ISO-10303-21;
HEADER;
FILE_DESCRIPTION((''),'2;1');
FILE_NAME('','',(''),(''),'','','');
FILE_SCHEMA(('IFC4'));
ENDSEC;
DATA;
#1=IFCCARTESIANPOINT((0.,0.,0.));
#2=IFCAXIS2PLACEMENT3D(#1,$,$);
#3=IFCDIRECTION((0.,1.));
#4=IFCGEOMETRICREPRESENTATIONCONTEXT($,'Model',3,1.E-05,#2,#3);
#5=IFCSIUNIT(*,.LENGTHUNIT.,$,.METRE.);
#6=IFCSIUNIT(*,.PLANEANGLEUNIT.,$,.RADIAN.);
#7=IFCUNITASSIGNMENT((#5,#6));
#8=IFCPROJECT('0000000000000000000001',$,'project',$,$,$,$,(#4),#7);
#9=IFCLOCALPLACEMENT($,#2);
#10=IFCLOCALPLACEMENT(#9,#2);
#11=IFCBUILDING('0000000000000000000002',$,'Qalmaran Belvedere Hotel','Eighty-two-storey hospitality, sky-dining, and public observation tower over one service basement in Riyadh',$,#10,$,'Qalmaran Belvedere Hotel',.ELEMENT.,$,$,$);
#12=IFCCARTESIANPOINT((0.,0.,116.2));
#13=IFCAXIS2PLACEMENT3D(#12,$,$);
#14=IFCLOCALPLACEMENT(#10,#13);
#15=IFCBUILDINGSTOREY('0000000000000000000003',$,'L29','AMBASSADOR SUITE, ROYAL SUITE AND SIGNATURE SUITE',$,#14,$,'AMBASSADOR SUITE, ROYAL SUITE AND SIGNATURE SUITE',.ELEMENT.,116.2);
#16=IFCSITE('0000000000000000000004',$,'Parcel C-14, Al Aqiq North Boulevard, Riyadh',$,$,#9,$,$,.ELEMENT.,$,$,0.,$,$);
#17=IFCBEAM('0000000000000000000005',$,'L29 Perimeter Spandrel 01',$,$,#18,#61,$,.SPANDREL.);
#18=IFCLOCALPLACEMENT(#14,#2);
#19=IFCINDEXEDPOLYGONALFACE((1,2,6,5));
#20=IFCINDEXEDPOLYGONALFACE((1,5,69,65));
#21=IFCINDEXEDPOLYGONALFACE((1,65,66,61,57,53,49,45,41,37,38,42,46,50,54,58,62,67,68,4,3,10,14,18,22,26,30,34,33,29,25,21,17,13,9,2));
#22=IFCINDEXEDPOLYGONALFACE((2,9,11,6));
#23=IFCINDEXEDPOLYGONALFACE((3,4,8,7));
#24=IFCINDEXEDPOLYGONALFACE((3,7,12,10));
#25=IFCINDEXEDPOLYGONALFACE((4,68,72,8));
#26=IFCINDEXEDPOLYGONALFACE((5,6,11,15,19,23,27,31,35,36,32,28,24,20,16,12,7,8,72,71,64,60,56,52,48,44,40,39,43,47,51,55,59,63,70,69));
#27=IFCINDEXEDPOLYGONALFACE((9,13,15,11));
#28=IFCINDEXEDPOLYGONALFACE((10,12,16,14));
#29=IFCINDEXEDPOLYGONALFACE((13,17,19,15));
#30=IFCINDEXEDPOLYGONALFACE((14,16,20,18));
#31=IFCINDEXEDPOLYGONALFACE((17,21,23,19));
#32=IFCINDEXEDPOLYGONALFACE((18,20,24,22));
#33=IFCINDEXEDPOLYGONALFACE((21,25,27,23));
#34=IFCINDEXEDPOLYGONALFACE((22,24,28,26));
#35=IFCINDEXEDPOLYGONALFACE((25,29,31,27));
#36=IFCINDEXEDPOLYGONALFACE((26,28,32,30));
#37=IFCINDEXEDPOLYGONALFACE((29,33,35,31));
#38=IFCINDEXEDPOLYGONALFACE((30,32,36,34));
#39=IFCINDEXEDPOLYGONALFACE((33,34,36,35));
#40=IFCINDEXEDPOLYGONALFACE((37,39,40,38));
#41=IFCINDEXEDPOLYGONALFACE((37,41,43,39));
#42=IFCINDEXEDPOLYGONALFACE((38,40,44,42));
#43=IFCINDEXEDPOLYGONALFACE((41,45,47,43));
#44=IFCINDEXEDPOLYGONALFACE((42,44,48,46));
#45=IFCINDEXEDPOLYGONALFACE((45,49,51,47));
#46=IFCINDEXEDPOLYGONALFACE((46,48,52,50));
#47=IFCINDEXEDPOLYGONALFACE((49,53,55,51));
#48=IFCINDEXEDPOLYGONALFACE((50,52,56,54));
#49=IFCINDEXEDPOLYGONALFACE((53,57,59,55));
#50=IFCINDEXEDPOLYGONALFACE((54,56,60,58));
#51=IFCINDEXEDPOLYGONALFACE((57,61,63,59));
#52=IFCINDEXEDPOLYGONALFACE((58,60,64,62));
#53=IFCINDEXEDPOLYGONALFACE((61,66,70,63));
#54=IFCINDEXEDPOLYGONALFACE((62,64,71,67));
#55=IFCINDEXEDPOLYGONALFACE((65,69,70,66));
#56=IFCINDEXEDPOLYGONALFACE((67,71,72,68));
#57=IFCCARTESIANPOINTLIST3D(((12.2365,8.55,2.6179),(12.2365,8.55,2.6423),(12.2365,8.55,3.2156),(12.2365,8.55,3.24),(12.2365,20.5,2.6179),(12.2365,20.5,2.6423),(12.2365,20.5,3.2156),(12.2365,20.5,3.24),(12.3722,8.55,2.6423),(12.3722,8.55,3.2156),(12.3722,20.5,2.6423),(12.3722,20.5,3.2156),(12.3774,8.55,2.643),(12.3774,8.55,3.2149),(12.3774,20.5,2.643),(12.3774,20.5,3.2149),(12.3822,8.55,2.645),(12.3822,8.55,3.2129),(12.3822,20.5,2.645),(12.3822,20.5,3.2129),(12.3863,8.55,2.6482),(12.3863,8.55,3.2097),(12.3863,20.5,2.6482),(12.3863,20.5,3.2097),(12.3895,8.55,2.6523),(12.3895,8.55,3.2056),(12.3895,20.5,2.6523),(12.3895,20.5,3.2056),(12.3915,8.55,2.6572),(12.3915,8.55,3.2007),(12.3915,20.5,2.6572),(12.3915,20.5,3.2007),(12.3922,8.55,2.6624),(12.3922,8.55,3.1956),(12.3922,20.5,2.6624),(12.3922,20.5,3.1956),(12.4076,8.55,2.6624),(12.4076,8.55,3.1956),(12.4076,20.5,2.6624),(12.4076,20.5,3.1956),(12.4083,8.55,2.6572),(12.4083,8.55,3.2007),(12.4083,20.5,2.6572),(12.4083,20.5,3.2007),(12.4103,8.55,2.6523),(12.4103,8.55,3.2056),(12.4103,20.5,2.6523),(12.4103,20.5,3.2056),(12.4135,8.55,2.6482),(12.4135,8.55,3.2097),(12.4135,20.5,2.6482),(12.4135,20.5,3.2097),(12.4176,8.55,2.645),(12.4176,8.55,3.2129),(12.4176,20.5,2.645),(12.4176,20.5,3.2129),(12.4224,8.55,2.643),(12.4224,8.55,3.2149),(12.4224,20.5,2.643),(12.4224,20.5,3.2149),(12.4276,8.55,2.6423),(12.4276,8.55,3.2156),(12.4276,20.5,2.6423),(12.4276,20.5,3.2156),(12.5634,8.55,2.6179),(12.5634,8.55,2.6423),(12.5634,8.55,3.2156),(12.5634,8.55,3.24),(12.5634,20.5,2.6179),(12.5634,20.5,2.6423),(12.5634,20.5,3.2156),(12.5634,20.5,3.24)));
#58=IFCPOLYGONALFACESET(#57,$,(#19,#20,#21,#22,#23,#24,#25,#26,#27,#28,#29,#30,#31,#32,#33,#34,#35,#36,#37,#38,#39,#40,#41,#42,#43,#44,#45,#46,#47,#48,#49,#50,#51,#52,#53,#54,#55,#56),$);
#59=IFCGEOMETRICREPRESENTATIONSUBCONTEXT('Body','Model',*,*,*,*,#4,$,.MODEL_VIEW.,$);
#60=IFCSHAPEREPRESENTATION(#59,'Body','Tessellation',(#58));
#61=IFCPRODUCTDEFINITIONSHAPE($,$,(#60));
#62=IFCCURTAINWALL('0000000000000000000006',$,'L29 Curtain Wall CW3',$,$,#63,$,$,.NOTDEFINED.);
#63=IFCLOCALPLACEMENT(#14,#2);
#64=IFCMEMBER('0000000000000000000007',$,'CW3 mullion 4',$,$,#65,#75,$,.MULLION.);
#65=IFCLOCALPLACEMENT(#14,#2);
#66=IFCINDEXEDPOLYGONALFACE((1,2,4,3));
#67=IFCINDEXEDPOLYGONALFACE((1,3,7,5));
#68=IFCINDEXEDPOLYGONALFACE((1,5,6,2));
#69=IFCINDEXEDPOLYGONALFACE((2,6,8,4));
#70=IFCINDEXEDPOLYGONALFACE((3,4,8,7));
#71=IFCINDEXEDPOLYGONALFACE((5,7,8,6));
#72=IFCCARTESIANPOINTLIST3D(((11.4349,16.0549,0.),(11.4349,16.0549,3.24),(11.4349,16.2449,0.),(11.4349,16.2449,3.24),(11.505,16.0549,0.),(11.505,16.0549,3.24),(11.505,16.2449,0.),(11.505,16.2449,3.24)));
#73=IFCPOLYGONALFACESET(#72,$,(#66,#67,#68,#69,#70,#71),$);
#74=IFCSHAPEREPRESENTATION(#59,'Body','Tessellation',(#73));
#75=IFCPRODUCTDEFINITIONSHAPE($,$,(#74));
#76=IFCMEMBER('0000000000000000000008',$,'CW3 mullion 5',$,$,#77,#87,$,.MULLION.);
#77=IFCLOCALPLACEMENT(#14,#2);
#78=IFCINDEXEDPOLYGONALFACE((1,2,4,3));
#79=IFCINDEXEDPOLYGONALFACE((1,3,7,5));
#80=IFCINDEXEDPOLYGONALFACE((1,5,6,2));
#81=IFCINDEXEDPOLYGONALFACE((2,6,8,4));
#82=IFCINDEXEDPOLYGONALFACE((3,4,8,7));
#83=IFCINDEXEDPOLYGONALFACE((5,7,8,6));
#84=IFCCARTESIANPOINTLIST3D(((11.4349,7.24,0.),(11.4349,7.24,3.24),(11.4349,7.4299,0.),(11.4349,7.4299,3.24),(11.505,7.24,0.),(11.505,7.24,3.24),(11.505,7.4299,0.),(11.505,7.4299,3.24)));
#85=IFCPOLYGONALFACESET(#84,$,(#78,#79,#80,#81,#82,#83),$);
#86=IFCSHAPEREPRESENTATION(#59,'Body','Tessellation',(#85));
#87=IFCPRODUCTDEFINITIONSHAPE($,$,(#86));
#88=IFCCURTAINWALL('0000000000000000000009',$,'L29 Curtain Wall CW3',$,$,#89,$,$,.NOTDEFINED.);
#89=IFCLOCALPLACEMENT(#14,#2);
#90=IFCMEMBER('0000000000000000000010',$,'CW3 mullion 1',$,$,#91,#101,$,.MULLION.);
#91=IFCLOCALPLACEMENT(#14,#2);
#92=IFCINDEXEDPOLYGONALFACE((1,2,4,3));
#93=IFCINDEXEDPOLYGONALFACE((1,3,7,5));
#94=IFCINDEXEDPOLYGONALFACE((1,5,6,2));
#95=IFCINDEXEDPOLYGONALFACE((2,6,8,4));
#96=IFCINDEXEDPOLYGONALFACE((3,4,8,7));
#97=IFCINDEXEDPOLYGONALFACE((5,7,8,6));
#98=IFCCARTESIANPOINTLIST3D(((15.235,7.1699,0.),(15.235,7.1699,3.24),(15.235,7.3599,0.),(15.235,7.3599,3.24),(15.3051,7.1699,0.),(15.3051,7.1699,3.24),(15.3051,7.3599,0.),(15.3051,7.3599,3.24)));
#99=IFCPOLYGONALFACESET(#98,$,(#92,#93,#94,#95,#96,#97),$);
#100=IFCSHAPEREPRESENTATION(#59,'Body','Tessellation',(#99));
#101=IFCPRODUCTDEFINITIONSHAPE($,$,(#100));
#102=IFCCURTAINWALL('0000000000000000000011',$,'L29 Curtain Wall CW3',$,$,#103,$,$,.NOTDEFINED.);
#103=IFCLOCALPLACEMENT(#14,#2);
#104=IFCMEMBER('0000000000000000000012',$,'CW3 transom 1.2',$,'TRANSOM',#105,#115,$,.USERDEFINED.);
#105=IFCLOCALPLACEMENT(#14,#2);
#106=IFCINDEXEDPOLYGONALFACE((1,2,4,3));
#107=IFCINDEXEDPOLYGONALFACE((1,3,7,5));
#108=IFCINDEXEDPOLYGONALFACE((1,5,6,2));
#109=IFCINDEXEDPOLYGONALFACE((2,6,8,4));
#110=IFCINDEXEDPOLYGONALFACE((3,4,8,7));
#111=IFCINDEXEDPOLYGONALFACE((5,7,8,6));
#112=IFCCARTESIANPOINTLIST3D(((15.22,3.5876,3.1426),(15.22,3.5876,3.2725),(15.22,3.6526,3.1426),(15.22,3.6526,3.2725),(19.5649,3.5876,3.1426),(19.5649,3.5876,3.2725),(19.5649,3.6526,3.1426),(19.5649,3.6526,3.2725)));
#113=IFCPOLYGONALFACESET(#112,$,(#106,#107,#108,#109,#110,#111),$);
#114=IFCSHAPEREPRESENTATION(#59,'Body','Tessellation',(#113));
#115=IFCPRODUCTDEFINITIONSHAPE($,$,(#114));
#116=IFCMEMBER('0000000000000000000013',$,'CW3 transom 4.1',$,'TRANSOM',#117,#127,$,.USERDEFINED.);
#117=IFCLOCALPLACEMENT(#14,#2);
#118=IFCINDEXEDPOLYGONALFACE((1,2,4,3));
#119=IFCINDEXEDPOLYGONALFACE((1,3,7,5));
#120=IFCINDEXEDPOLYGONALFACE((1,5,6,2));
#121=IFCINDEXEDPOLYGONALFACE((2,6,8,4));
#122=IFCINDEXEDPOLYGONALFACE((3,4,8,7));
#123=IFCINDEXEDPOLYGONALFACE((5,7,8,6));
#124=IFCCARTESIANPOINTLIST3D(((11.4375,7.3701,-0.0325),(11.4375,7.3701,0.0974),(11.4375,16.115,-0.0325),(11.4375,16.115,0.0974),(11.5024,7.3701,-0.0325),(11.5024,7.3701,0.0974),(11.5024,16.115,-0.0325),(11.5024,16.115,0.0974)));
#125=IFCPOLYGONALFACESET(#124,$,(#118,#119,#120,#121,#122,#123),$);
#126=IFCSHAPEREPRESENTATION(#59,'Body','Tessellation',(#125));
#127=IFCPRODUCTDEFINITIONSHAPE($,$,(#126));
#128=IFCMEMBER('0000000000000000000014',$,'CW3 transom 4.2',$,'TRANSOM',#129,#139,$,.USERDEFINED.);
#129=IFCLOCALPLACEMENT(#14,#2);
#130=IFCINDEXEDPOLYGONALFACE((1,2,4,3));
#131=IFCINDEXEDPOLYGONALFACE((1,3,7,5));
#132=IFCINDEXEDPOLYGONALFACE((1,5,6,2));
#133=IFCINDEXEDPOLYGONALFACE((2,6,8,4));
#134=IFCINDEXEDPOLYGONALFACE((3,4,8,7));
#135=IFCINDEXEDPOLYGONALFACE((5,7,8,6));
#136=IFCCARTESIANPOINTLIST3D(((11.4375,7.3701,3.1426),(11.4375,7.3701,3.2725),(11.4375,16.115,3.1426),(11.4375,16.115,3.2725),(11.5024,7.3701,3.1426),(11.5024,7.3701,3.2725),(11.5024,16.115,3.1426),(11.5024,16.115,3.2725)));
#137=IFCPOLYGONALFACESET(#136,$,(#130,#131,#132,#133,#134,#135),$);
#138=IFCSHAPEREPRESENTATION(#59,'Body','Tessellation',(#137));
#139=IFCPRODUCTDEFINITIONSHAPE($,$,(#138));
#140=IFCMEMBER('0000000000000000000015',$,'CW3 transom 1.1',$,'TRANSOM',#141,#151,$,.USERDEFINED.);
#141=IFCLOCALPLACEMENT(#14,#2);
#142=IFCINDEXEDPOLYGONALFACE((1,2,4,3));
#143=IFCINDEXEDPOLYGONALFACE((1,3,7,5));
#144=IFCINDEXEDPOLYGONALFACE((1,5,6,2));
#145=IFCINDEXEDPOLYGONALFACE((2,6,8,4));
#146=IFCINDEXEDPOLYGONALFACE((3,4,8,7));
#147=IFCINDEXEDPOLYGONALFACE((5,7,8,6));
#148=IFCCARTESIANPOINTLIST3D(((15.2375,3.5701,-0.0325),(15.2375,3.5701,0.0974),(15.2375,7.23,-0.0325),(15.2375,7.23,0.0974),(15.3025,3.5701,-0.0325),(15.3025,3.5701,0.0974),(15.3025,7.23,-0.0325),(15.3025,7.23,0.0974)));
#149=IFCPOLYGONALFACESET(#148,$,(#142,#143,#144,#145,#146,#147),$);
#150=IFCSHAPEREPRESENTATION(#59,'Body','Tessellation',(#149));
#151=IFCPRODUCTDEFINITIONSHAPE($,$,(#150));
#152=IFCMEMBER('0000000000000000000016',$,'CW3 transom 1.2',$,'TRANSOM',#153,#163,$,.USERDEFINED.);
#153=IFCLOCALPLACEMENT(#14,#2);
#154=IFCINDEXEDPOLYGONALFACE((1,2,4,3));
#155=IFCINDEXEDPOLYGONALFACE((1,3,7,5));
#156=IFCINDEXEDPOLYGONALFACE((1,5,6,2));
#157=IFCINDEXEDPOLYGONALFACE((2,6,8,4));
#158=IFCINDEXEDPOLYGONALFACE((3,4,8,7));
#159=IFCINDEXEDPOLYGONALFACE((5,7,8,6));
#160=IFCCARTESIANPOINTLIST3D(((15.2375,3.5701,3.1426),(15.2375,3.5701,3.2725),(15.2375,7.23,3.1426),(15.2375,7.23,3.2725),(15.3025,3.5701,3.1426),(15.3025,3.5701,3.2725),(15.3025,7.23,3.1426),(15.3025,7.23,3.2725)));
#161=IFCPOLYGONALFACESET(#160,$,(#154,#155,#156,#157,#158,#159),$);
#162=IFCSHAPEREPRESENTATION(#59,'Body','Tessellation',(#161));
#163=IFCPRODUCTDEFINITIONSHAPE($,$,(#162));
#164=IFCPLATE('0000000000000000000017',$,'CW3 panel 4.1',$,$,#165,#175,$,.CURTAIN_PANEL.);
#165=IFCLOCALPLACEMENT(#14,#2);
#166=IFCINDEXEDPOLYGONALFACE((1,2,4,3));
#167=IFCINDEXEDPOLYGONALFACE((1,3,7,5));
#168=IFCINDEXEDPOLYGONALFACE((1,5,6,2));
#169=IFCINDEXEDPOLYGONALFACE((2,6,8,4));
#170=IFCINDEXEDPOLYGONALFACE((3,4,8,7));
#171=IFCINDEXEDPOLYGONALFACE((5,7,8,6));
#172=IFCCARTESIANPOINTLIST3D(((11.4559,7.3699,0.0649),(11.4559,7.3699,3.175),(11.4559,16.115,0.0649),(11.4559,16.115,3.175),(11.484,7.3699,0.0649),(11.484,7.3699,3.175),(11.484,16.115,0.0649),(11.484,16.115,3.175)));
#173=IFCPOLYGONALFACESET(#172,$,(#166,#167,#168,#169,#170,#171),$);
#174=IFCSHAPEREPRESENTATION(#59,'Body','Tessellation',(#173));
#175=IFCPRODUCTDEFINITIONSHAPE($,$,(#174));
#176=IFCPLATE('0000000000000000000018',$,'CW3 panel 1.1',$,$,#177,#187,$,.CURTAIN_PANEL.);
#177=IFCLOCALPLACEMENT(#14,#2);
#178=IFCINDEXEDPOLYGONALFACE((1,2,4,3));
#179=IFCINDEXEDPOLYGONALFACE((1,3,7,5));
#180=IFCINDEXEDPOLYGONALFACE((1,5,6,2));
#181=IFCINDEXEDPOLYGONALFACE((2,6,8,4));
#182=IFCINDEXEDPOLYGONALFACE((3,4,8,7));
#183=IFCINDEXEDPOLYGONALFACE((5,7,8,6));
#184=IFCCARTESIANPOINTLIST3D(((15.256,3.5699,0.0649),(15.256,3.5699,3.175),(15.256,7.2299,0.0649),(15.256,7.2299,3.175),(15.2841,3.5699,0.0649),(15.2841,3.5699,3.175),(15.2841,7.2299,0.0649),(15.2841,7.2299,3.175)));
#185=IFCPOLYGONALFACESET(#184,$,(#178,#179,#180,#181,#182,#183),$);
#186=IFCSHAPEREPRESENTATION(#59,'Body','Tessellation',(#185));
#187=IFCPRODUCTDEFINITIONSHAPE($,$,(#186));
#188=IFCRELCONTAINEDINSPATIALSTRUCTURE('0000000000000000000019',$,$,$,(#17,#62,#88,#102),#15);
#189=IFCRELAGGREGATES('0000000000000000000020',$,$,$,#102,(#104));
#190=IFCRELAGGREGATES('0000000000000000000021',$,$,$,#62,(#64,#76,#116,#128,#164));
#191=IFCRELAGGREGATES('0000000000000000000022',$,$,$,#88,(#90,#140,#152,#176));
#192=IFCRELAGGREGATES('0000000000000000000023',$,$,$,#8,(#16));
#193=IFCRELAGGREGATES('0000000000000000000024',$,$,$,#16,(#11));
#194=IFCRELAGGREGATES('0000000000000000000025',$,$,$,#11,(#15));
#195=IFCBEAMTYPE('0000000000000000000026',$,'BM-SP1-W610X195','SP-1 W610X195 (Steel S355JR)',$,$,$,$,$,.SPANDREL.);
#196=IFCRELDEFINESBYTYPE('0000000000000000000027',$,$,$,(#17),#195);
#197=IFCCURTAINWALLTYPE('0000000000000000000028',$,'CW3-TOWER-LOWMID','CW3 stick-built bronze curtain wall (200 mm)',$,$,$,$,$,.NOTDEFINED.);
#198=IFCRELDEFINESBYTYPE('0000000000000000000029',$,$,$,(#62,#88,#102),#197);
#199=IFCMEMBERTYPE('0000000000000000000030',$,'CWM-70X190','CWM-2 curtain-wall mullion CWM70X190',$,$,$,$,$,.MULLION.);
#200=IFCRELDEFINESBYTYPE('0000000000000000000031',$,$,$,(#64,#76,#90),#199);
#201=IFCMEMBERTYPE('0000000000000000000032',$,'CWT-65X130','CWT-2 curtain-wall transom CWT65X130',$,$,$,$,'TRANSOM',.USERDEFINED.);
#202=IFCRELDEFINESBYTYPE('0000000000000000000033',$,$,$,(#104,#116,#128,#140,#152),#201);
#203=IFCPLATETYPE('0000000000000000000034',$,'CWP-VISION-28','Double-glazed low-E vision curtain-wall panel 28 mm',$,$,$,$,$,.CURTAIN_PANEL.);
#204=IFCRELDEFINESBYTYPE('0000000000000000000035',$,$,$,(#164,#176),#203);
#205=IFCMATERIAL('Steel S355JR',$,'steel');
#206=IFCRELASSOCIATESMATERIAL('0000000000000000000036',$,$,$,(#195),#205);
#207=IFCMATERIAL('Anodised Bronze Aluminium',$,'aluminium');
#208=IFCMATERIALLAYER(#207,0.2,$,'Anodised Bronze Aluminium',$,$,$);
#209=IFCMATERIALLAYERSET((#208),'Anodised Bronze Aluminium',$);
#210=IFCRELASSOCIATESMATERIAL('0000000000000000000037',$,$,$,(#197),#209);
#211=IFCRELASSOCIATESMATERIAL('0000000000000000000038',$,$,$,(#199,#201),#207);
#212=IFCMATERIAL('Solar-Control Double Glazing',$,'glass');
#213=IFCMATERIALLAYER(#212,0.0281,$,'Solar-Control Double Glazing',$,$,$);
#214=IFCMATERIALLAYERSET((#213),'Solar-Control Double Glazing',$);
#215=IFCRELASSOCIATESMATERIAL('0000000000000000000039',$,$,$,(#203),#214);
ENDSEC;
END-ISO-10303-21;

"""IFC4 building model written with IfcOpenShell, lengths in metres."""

from ifc_helpers import new_model, si_unit, direction, frame, origin, origin_2d, place, context, subcontext, project, spatial, rectangle, i_section, extrude, material, layer, layer_set, material_profile, profile_set, type_object, element, aggregate, save


model = new_model("IFC4")

# Units and contexts
model_context = context("Model", 3, precision=1e-05, world=origin(), true_north=direction((0.0, 1.0)))
body_context = subcontext(model_context, "Body", "Model", "MODEL_VIEW")
ifc_project = project(units=[si_unit("LENGTHUNIT", "METRE"), si_unit("PLANEANGLEUNIT", "RADIAN")], contexts=[model_context])

# Site, building, storey
site_placement = place(None, origin())
site = spatial("IfcSite", under=ifc_project, at=site_placement, Name="Parcel C-14, Al Aqiq North Boulevard, Riyadh", CompositionType="ELEMENT", RefElevation=0.0)
building_placement = place(site_placement, origin())
building = spatial("IfcBuilding", under=site, at=building_placement, Name="Qalmaran Belvedere Hotel", Description="Eighty-two-storey hospitality, sky-dining, and public observation tower over one service basement in Riyadh", LongName="Qalmaran Belvedere Hotel", CompositionType="ELEMENT")
storey_placement = place(building_placement, frame((0.0, 0.0, 116.2)))
storey = spatial("IfcBuildingStorey", under=building, at=storey_placement, Name="L29", Description="AMBASSADOR SUITE, ROYAL SUITE AND SIGNATURE SUITE", LongName="AMBASSADOR SUITE, ROYAL SUITE AND SIGNATURE SUITE", CompositionType="ELEMENT", Elevation=116.2)

# Beam
ifc_material_1 = material(Name="Steel S355JR", Category="steel")
ifc_material_profile_1 = material_profile(ifc_material_1, i_section(OverallWidth=0.3269, OverallDepth=0.6221, WebThickness=0.0154, FlangeThickness=0.0244, FilletRadius=0.02, at=origin_2d()), Name="W610X195")
ifc_profile_set_1 = profile_set([ifc_material_profile_1], Name="Steel S355JR")
beam_type_1 = type_object("IfcBeamType", Name="BM-SP1-W610X195", Description="SP-1 W610X195 (Steel S355JR)", PredefinedType="SPANDREL", material=ifc_profile_set_1)
beam_1_placement = place(storey_placement, frame((12.3999, 8.55, 2.929), z_axis=(0.0, 1.0, 0.0), x_axis=(-1.0, 0.0, 0.0)))
element("IfcBeam", 1, at=beam_1_placement, inside=storey, type_object=beam_type_1, Name="L29 Perimeter Spandrel 01", PredefinedType="SPANDREL", context=body_context, shape_type="SweptSolid", body=[
    extrude(i_section(OverallWidth=0.3269, OverallDepth=0.6221, WebThickness=0.0154, FlangeThickness=0.0244, FilletRadius=0.02, at=origin_2d()), origin(), (0.0, 0.0, 1.0), 11.95),
])

# Curtain wall, members
ifc_material_2 = material(Name="Anodised Bronze Aluminium", Category="aluminium")
ifc_layer_1 = layer(ifc_material_2, 0.2, Name="Anodised Bronze Aluminium")
ifc_layer_set_1 = layer_set([ifc_layer_1], Name="Anodised Bronze Aluminium")
curtain_wall_type = type_object("IfcCurtainWallType", Name="CW3-TOWER-LOWMID", Description="CW3 stick-built bronze curtain wall (200 mm)", PredefinedType="NOTDEFINED", material=ifc_layer_set_1)
curtain_wall_1_placement = place(storey_placement, origin())
curtain_wall_1 = element("IfcCurtainWall", 2, at=curtain_wall_1_placement, inside=storey, type_object=curtain_wall_type, Name="L29 Curtain Wall CW3", PredefinedType="NOTDEFINED")
ifc_material_profile_2 = material_profile(ifc_material_2, rectangle(XDim=0.0701, YDim=0.1899, at=origin_2d()), Name="CWM70X190")
ifc_profile_set_2 = profile_set([ifc_material_profile_2], Name="Anodised Bronze Aluminium")
member_type_1 = type_object("IfcMemberType", Name="CWM-70X190", Description="CWM-2 curtain-wall mullion CWM70X190", PredefinedType="MULLION", material=ifc_profile_set_2)
member_1_placement = place(storey_placement, frame((11.47, 16.1499, 0.0), z_axis=(0.0, 0.0, 1.0), x_axis=(1.0, 0.0, 0.0)))
member_1 = element("IfcMember", 3, at=member_1_placement, type_object=member_type_1, Name="CW3 mullion 4", PredefinedType="MULLION", context=body_context, shape_type="SweptSolid", body=[
    extrude(rectangle(XDim=0.0701, YDim=0.1899, at=origin_2d()), origin(), (0.0, 0.0, 1.0), 3.24),
])
member_2_placement = place(storey_placement, frame((11.47, 7.335, 0.0), z_axis=(0.0, 0.0, 1.0), x_axis=(1.0, 0.0, 0.0)))
member_2 = element("IfcMember", 4, at=member_2_placement, type_object=member_type_1, Name="CW3 mullion 5", PredefinedType="MULLION", context=body_context, shape_type="SweptSolid", body=[
    extrude(rectangle(XDim=0.0701, YDim=0.1899, at=origin_2d()), origin(), (0.0, 0.0, 1.0), 3.24),
])

# Curtain walls, members
curtain_wall_2_placement = place(storey_placement, origin())
curtain_wall_2 = element("IfcCurtainWall", 5, at=curtain_wall_2_placement, inside=storey, type_object=curtain_wall_type, Name="L29 Curtain Wall CW3", PredefinedType="NOTDEFINED")
member_3_placement = place(storey_placement, frame((15.27, 7.2649, 0.0), z_axis=(0.0, 0.0, 1.0), x_axis=(1.0, 0.0, 0.0)))
member_3 = element("IfcMember", 6, at=member_3_placement, type_object=member_type_1, Name="CW3 mullion 1", PredefinedType="MULLION", context=body_context, shape_type="SweptSolid", body=[
    extrude(rectangle(XDim=0.0701, YDim=0.1899, at=origin_2d()), origin(), (0.0, 0.0, 1.0), 3.24),
])
curtain_wall_3_placement = place(storey_placement, origin())
curtain_wall_3 = element("IfcCurtainWall", 7, at=curtain_wall_3_placement, inside=storey, type_object=curtain_wall_type, Name="L29 Curtain Wall CW3", PredefinedType="NOTDEFINED")
ifc_material_profile_3 = material_profile(ifc_material_2, rectangle(XDim=0.0649, YDim=0.1299, at=origin_2d()), Name="CWT65X130")
ifc_profile_set_3 = profile_set([ifc_material_profile_3], Name="Anodised Bronze Aluminium")
member_type_2 = type_object("IfcMemberType", Name="CWT-65X130", Description="CWT-2 curtain-wall transom CWT65X130", ElementType="TRANSOM", PredefinedType="USERDEFINED", material=ifc_profile_set_3)
member_4_placement = place(storey_placement, frame((15.22, 3.6201, 3.2075), z_axis=(1.0, 0.0, 0.0), x_axis=(0.0, 1.0, 0.0)))
member_4 = element("IfcMember", 8, at=member_4_placement, type_object=member_type_2, Name="CW3 transom 1.2", ObjectType="TRANSOM", PredefinedType="USERDEFINED", context=body_context, shape_type="SweptSolid", body=[
    extrude(rectangle(XDim=0.0649, YDim=0.1299, at=origin_2d()), origin(), (0.0, 0.0, 1.0), 4.345),
])
aggregate(curtain_wall_3, [member_4])

# Members
member_5_placement = place(storey_placement, frame((11.47, 16.115, 0.0325), z_axis=(0.0, -1.0, 0.0), x_axis=(1.0, 0.0, 0.0)))
member_5 = element("IfcMember", 9, at=member_5_placement, type_object=member_type_2, Name="CW3 transom 4.1", ObjectType="TRANSOM", PredefinedType="USERDEFINED", context=body_context, shape_type="SweptSolid", body=[
    extrude(rectangle(XDim=0.0649, YDim=0.1299, at=origin_2d()), origin(), (0.0, 0.0, 1.0), 8.7449),
])
member_6_placement = place(storey_placement, frame((11.47, 16.115, 3.2075), z_axis=(0.0, -1.0, 0.0), x_axis=(1.0, 0.0, 0.0)))
member_6 = element("IfcMember", 10, at=member_6_placement, type_object=member_type_2, Name="CW3 transom 4.2", ObjectType="TRANSOM", PredefinedType="USERDEFINED", context=body_context, shape_type="SweptSolid", body=[
    extrude(rectangle(XDim=0.0649, YDim=0.1299, at=origin_2d()), origin(), (0.0, 0.0, 1.0), 8.7449),
])
member_7_placement = place(storey_placement, frame((15.27, 7.23, 0.0325), z_axis=(0.0, -1.0, 0.0), x_axis=(1.0, 0.0, 0.0)))
member_7 = element("IfcMember", 11, at=member_7_placement, type_object=member_type_2, Name="CW3 transom 1.1", ObjectType="TRANSOM", PredefinedType="USERDEFINED", context=body_context, shape_type="SweptSolid", body=[
    extrude(rectangle(XDim=0.0649, YDim=0.1299, at=origin_2d()), origin(), (0.0, 0.0, 1.0), 3.6599),
])
member_8_placement = place(storey_placement, frame((15.27, 7.23, 3.2075), z_axis=(0.0, -1.0, 0.0), x_axis=(1.0, 0.0, 0.0)))
member_8 = element("IfcMember", 12, at=member_8_placement, type_object=member_type_2, Name="CW3 transom 1.2", ObjectType="TRANSOM", PredefinedType="USERDEFINED", context=body_context, shape_type="SweptSolid", body=[
    extrude(rectangle(XDim=0.0649, YDim=0.1299, at=origin_2d()), origin(), (0.0, 0.0, 1.0), 3.6599),
])

# Plates
ifc_material_3 = material(Name="Solar-Control Double Glazing", Category="glass")
ifc_layer_2 = layer(ifc_material_3, 0.0281, Name="Solar-Control Double Glazing")
ifc_layer_set_2 = layer_set([ifc_layer_2], Name="Solar-Control Double Glazing")
plate_type = type_object("IfcPlateType", Name="CWP-VISION-28", Description="Double-glazed low-E vision curtain-wall panel 28 mm", PredefinedType="CURTAIN_PANEL", material=ifc_layer_set_2)
plate_1_placement = place(storey_placement, frame((11.47, 11.7424, 0.0649), z_axis=(0.0, 0.0, 1.0), x_axis=(0.0, -1.0, 0.0)))
plate_1 = element("IfcPlate", 13, at=plate_1_placement, type_object=plate_type, Name="CW3 panel 4.1", PredefinedType="CURTAIN_PANEL", context=body_context, shape_type="SweptSolid", body=[
    extrude(rectangle(XDim=8.7451, YDim=0.0281, at=origin_2d()), origin(), (0.0, 0.0, 1.0), 3.1101),
])
aggregate(curtain_wall_1, [member_1, member_2, member_5, member_6, plate_1])
plate_2_placement = place(storey_placement, frame((15.27, 5.3999, 0.0649), z_axis=(0.0, 0.0, 1.0), x_axis=(0.0, -1.0, 0.0)))
plate_2 = element("IfcPlate", 14, at=plate_2_placement, type_object=plate_type, Name="CW3 panel 1.1", PredefinedType="CURTAIN_PANEL", context=body_context, shape_type="SweptSolid", body=[
    extrude(rectangle(XDim=3.6599, YDim=0.0281, at=origin_2d()), origin(), (0.0, 0.0, 1.0), 3.1101),
])
aggregate(curtain_wall_2, [member_3, member_7, member_8, plate_2])

save(model, "model.ifc")
